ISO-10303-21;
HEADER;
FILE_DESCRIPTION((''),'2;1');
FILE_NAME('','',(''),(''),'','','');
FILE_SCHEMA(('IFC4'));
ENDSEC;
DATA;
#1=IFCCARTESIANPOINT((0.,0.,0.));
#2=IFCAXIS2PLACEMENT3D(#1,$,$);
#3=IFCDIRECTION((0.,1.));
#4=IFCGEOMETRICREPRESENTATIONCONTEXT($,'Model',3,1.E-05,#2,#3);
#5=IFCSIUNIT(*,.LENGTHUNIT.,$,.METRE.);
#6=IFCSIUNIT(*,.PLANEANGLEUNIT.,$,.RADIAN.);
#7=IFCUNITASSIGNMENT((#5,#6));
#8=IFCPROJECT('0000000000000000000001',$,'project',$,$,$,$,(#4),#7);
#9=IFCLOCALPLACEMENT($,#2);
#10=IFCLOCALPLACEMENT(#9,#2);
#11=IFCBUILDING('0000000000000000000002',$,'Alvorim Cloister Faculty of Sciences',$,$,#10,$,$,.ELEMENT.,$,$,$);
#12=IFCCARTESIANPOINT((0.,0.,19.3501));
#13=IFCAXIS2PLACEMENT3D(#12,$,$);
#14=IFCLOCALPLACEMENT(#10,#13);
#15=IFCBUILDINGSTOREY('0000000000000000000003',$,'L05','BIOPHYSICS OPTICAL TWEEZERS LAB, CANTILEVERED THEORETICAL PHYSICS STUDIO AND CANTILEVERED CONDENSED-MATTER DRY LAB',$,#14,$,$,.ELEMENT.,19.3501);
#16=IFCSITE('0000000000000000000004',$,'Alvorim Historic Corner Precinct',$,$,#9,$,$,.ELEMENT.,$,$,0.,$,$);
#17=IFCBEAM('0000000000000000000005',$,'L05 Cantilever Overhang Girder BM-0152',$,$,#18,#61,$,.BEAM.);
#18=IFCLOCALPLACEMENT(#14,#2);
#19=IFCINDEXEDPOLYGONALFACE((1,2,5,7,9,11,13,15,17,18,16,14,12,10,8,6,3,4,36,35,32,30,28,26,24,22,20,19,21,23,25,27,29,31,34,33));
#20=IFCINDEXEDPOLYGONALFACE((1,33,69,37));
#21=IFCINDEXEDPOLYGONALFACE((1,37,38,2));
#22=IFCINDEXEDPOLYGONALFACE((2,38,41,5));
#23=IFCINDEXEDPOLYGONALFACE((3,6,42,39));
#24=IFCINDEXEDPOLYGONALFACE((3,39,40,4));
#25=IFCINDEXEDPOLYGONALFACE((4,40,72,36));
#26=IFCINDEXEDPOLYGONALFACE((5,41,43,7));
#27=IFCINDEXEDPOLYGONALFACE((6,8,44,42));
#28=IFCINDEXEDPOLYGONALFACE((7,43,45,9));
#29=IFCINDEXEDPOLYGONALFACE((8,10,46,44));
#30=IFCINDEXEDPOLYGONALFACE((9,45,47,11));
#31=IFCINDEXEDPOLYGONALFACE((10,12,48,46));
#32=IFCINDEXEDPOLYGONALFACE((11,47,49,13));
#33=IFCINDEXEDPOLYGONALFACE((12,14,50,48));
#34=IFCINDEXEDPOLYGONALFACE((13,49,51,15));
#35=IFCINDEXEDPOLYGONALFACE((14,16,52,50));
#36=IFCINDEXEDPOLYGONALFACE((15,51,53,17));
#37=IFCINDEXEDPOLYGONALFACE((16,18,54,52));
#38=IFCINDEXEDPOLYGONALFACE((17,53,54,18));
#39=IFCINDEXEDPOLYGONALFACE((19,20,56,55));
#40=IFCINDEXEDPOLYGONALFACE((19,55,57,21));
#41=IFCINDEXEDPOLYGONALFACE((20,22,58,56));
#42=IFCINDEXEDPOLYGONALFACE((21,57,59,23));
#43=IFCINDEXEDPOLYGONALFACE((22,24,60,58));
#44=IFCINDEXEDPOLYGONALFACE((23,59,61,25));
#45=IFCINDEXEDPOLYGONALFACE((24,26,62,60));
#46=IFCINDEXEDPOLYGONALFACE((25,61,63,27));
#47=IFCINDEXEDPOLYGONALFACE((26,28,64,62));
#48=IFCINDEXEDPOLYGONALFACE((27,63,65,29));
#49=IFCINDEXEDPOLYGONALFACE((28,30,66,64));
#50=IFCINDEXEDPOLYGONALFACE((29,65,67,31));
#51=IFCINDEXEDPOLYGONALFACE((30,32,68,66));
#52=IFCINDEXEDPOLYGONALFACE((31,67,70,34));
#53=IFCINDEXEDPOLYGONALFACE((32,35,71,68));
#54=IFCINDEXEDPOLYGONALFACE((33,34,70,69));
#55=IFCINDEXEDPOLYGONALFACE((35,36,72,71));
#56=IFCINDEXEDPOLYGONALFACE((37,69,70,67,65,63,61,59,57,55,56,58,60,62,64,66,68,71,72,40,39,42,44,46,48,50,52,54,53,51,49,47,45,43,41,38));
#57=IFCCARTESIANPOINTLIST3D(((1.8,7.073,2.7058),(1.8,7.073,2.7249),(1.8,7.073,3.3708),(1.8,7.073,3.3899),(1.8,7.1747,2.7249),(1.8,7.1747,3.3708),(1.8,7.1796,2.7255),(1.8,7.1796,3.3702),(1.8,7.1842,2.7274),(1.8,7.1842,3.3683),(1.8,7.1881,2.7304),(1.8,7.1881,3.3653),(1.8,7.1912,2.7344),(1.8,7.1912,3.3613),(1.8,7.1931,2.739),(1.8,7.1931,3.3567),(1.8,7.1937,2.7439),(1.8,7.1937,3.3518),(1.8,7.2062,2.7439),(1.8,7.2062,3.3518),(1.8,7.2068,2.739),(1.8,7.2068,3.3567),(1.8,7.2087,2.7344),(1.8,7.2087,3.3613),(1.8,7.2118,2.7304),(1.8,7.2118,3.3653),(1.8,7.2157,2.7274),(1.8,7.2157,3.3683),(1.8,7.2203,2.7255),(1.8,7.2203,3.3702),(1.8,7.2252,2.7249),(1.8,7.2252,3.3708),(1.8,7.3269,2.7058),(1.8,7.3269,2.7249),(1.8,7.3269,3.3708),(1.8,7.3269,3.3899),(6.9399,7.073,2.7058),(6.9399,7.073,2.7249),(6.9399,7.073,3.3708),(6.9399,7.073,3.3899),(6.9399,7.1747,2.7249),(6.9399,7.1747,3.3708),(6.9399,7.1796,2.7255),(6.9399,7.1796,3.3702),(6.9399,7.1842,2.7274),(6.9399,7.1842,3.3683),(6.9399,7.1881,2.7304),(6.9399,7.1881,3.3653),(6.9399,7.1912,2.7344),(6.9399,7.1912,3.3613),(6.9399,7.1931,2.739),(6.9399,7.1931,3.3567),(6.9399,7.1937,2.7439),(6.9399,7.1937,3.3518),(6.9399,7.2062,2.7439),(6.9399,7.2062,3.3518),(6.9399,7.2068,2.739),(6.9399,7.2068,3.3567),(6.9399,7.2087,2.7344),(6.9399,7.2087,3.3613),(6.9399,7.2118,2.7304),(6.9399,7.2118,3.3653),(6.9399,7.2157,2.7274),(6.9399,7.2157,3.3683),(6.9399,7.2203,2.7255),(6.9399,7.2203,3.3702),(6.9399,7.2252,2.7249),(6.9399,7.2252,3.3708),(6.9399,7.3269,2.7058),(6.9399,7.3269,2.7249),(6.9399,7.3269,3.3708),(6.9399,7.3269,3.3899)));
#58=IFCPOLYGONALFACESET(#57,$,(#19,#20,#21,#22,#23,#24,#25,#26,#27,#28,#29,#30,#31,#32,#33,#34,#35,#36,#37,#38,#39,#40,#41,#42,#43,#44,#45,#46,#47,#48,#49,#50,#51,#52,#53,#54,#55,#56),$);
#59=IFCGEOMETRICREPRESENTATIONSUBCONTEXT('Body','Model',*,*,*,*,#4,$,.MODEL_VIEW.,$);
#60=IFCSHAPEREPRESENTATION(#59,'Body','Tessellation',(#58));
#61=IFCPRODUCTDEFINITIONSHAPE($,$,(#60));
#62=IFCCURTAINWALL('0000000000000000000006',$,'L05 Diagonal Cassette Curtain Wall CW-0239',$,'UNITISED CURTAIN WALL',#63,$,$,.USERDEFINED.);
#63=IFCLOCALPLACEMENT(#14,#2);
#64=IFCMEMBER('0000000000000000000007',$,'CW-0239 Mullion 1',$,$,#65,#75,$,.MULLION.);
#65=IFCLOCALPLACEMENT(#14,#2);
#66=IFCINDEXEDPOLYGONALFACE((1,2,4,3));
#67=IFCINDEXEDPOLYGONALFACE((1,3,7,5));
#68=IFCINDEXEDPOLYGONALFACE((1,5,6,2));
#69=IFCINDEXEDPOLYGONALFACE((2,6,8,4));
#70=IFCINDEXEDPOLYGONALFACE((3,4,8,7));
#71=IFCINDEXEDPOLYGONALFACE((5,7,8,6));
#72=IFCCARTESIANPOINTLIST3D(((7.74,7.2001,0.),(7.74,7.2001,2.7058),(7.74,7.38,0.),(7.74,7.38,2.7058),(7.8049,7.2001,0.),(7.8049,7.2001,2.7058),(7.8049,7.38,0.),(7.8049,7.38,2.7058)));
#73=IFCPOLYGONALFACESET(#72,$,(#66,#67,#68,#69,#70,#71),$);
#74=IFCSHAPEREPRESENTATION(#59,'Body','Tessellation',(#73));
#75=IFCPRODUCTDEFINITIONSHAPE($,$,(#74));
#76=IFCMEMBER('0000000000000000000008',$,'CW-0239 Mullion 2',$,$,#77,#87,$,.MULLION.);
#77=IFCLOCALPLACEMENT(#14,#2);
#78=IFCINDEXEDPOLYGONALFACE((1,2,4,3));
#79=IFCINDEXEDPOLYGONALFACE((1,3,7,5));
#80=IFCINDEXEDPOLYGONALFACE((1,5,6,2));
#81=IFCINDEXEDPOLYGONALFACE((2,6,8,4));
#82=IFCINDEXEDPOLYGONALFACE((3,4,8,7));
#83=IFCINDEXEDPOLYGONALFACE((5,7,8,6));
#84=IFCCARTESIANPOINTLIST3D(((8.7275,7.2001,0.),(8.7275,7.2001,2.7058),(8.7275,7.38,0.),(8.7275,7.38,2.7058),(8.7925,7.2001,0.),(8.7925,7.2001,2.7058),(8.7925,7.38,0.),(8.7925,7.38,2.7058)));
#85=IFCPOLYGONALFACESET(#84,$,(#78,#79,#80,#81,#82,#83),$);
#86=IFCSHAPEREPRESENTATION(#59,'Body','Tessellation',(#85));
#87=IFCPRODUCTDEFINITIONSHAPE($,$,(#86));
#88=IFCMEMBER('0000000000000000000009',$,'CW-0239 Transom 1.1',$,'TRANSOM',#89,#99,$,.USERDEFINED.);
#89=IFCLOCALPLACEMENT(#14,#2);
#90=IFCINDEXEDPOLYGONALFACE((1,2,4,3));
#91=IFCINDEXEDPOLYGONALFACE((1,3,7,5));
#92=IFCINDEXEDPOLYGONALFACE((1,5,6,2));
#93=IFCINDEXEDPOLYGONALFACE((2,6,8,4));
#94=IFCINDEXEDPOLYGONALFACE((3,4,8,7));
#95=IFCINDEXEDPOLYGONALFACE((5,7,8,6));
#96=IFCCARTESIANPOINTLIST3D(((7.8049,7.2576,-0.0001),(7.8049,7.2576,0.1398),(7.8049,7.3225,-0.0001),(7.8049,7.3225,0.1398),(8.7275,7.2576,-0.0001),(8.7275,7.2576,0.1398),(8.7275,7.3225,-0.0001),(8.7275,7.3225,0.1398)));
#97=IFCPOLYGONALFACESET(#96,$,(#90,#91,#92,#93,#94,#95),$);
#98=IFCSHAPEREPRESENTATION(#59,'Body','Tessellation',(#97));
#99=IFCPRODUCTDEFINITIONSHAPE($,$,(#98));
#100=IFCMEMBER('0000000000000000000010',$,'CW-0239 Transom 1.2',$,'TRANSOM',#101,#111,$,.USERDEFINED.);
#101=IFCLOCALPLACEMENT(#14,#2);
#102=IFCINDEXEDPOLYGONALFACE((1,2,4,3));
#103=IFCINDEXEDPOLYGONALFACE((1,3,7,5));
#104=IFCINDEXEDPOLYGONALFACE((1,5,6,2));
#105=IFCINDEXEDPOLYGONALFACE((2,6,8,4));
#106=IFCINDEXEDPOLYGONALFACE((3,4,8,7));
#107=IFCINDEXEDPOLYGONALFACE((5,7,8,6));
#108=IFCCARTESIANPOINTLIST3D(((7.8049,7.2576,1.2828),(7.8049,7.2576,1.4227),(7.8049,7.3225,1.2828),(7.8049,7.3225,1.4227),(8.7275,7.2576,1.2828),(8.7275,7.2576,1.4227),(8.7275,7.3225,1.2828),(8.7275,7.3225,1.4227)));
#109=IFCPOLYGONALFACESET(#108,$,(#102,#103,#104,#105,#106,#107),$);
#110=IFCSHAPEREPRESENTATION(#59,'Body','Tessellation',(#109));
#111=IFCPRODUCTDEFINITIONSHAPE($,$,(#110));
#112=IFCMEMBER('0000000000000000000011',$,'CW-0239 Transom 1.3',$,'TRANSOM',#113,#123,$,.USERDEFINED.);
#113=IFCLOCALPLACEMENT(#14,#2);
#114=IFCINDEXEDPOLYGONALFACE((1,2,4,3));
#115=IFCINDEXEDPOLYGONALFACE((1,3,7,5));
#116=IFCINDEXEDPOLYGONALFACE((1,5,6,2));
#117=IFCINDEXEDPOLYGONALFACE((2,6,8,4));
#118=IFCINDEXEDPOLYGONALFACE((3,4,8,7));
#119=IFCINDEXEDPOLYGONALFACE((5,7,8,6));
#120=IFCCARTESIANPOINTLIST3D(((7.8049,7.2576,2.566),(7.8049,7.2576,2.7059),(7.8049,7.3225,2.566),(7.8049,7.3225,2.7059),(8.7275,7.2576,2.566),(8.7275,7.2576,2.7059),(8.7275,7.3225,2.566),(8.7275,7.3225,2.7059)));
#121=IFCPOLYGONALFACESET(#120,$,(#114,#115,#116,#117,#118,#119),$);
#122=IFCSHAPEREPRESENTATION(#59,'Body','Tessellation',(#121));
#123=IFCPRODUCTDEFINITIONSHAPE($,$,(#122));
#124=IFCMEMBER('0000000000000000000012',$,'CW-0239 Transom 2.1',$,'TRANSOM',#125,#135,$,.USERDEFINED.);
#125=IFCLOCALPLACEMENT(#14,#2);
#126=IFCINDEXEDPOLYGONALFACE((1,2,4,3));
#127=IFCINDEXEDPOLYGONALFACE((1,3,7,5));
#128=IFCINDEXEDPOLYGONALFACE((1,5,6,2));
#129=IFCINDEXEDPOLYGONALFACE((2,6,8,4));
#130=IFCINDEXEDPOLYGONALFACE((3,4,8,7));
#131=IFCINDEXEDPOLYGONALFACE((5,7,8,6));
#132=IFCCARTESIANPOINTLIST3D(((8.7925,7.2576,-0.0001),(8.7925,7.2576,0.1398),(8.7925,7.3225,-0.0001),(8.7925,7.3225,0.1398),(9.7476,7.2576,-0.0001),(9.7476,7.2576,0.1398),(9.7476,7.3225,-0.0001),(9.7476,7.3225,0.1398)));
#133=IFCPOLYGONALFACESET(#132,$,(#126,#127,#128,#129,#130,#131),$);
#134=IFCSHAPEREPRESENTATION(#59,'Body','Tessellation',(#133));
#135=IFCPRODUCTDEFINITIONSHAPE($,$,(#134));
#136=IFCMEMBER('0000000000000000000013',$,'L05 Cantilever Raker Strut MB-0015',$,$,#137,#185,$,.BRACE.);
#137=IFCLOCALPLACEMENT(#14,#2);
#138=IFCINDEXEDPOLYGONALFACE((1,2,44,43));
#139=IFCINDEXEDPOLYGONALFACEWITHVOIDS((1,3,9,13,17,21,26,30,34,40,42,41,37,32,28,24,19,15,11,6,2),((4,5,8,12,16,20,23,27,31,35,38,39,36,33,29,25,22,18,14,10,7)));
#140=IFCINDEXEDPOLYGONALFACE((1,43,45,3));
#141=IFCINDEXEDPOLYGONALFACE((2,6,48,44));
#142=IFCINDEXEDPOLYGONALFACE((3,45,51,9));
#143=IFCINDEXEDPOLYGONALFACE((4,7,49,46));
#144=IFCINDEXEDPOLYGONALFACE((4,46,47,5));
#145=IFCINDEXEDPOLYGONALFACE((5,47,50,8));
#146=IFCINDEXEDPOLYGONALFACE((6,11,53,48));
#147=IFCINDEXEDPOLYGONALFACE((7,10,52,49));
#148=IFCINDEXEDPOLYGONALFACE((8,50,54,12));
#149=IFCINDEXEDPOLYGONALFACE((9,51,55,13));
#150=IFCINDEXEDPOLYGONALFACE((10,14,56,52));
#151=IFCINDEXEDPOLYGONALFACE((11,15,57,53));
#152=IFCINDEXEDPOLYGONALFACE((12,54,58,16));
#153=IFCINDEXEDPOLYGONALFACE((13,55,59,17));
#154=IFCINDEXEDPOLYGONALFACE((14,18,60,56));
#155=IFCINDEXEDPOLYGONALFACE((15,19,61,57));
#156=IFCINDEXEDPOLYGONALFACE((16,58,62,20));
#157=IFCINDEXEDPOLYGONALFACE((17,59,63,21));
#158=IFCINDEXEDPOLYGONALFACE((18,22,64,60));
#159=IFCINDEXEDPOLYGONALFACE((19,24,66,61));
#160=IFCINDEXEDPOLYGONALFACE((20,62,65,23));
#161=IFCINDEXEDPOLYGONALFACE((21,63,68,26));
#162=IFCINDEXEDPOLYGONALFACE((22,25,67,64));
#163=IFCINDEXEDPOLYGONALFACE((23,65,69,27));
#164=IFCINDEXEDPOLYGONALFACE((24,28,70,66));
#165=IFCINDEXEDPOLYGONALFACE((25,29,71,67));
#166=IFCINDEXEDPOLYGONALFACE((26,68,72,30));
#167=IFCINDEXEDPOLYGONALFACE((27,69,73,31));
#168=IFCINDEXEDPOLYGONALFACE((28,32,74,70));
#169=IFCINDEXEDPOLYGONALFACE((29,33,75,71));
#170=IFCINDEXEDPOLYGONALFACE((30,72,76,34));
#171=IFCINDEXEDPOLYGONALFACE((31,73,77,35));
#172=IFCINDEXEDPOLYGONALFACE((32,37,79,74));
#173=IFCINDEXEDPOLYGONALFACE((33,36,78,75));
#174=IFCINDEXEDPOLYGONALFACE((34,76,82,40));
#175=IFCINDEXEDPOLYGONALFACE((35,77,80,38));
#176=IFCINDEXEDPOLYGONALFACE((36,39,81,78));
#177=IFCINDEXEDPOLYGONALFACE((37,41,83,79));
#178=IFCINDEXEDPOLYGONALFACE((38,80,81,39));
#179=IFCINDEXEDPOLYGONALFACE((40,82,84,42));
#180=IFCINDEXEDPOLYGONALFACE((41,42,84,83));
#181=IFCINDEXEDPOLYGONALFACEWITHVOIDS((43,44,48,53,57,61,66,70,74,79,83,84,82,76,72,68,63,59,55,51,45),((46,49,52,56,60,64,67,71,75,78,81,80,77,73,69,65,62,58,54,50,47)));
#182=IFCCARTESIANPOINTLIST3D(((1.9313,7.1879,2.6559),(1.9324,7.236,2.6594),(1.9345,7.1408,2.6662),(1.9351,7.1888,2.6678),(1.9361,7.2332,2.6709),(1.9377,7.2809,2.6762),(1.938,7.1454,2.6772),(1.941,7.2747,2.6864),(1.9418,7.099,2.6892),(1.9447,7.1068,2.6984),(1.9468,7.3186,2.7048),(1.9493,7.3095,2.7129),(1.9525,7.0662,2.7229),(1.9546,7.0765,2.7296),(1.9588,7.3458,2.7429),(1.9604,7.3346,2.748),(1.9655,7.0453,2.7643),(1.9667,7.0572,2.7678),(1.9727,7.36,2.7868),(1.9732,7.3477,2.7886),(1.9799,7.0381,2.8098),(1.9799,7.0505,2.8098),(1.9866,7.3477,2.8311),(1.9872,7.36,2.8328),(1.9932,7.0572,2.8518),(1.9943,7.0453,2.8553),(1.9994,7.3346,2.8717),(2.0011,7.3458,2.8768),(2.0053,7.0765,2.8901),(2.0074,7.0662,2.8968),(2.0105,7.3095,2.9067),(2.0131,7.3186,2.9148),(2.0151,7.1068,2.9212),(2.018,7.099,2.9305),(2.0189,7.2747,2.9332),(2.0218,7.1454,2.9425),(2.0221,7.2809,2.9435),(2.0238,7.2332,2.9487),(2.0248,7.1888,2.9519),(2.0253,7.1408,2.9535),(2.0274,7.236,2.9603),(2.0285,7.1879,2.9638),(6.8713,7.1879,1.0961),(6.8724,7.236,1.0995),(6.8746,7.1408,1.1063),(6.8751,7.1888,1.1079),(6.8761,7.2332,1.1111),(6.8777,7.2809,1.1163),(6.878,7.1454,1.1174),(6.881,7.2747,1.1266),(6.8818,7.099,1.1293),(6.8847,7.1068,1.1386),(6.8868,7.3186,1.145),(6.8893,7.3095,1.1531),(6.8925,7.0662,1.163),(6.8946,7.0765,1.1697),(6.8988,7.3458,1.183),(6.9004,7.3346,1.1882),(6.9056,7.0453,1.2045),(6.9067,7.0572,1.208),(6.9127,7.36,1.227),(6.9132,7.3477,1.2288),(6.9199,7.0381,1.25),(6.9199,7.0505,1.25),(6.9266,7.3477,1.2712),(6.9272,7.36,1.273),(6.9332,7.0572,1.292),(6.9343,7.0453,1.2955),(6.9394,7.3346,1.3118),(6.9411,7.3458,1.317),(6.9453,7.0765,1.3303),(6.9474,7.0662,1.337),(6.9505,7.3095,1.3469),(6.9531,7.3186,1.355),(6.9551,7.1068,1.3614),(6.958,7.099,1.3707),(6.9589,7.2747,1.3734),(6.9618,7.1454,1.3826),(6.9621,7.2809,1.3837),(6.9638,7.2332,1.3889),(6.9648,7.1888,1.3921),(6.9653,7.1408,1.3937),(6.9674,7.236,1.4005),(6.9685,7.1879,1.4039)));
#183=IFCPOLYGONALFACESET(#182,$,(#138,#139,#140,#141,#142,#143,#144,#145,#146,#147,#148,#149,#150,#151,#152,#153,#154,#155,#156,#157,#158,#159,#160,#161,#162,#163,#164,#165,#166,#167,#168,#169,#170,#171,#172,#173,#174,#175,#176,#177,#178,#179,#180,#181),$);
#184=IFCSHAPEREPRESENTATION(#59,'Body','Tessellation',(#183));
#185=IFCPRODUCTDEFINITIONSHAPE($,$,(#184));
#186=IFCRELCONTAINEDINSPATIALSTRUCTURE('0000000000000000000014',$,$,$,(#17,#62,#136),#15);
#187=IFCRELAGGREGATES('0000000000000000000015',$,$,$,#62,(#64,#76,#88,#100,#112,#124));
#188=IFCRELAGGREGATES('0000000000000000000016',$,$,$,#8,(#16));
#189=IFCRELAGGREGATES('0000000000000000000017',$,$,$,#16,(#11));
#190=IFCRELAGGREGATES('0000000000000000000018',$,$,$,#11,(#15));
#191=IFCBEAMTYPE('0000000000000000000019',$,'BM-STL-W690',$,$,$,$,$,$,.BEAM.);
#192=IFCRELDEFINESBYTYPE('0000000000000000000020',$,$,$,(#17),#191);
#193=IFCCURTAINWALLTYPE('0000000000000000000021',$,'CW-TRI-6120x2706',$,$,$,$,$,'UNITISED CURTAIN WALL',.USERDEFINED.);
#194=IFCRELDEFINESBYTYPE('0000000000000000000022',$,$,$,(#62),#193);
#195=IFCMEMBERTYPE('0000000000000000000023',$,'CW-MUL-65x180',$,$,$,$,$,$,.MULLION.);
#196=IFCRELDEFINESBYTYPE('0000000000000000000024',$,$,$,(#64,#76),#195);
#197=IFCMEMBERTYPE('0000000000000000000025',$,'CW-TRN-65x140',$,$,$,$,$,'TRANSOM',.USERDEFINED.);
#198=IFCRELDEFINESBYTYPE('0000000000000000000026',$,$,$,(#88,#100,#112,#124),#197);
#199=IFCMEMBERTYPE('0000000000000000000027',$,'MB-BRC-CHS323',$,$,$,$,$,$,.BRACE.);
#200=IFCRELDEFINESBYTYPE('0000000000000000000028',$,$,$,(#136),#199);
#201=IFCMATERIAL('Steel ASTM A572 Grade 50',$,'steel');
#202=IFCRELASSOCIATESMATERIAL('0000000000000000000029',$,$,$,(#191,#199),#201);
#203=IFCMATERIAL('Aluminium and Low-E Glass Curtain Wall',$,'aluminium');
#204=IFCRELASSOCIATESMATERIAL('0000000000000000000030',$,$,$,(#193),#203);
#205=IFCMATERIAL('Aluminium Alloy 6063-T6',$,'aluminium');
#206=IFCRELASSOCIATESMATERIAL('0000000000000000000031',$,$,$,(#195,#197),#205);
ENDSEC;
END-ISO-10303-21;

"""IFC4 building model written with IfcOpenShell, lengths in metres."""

from ifc_helpers import new_model, si_unit, direction, frame, origin, origin_2d, place, context, subcontext, project, spatial, rectangle, hollow_circle, i_section, extrude, material, material_profile, profile_set, type_object, element, aggregate, save


model = new_model("IFC4")

# Units and contexts
model_context = context("Model", 3, precision=1e-05, world=origin(), true_north=direction((0.0, 1.0)))
body_context = subcontext(model_context, "Body", "Model", "MODEL_VIEW")
ifc_project = project(units=[si_unit("LENGTHUNIT", "METRE"), si_unit("PLANEANGLEUNIT", "RADIAN")], contexts=[model_context])

# Site, building, storey
site_placement = place(None, origin())
site = spatial("IfcSite", under=ifc_project, at=site_placement, Name="Alvorim Historic Corner Precinct", CompositionType="ELEMENT", RefElevation=0.0)
building_placement = place(site_placement, origin())
building = spatial("IfcBuilding", under=site, at=building_placement, Name="Alvorim Cloister Faculty of Sciences", CompositionType="ELEMENT")
storey_placement = place(building_placement, frame((0.0, 0.0, 19.3501)))
storey = spatial("IfcBuildingStorey", under=building, at=storey_placement, Name="L05", Description="BIOPHYSICS OPTICAL TWEEZERS LAB, CANTILEVERED THEORETICAL PHYSICS STUDIO AND CANTILEVERED CONDENSED-MATTER DRY LAB", CompositionType="ELEMENT", Elevation=19.3501)

# Beam
ifc_material_1 = material(Name="Steel ASTM A572 Grade 50", Category="steel")
ifc_material_profile_1 = material_profile(ifc_material_1, i_section(OverallWidth=0.2539, OverallDepth=0.6841, WebThickness=0.0125, FlangeThickness=0.019, FilletRadius=0.019, at=origin_2d()), Name="W690x140.0")
ifc_profile_set_1 = profile_set([ifc_material_profile_1], Name="Steel ASTM A572 Grade 50")
beam_type_1 = type_object("IfcBeamType", Name="BM-STL-W690", PredefinedType="BEAM", material=ifc_profile_set_1)
beam_1_placement = place(storey_placement, frame((1.8, 7.2, 3.0479), z_axis=(1.0, 0.0, 0.0), x_axis=(0.0, 1.0, 0.0)))
element("IfcBeam", 1, at=beam_1_placement, inside=storey, type_object=beam_type_1, Name="L05 Cantilever Overhang Girder BM-0152", PredefinedType="BEAM", context=body_context, shape_type="SweptSolid", body=[
    extrude(i_section(OverallWidth=0.2539, OverallDepth=0.6841, WebThickness=0.0125, FlangeThickness=0.019, FilletRadius=0.019, at=origin_2d()), origin(), (0.0, 0.0, 1.0), 5.1399),
])

# Curtain wall, members
ifc_material_2 = material(Name="Aluminium and Low-E Glass Curtain Wall", Category="aluminium")
curtain_wall_type = type_object("IfcCurtainWallType", Name="CW-TRI-6120x2706", ElementType="UNITISED CURTAIN WALL", PredefinedType="USERDEFINED", material=ifc_material_2)
curtain_wall_placement = place(storey_placement, origin())
curtain_wall = element("IfcCurtainWall", 2, at=curtain_wall_placement, inside=storey, type_object=curtain_wall_type, Name="L05 Diagonal Cassette Curtain Wall CW-0239", ObjectType="UNITISED CURTAIN WALL", PredefinedType="USERDEFINED")
ifc_material_3 = material(Name="Aluminium Alloy 6063-T6", Category="aluminium")
ifc_material_profile_2 = material_profile(ifc_material_3, rectangle(XDim=0.0649, YDim=0.1799, at=origin_2d()), Name="ALU-MUL-65x180")
ifc_profile_set_2 = profile_set([ifc_material_profile_2], Name="Aluminium Alloy 6063-T6")
member_type_1 = type_object("IfcMemberType", Name="CW-MUL-65x180", PredefinedType="MULLION", material=ifc_profile_set_2)
member_1_placement = place(storey_placement, frame((7.7725, 7.29, 0.0), z_axis=(0.0, 0.0, 1.0), x_axis=(1.0, 0.0, 0.0)))
member_1 = element("IfcMember", 3, at=member_1_placement, type_object=member_type_1, Name="CW-0239 Mullion 1", PredefinedType="MULLION", context=body_context, shape_type="SweptSolid", body=[
    extrude(rectangle(XDim=0.0649, YDim=0.1799, at=origin_2d()), origin(), (0.0, 0.0, 1.0), 2.7058),
])
member_2_placement = place(storey_placement, frame((8.76, 7.29, 0.0), z_axis=(0.0, 0.0, 1.0), x_axis=(1.0, 0.0, 0.0)))
member_2 = element("IfcMember", 4, at=member_2_placement, type_object=member_type_1, Name="CW-0239 Mullion 2", PredefinedType="MULLION", context=body_context, shape_type="SweptSolid", body=[
    extrude(rectangle(XDim=0.0649, YDim=0.1799, at=origin_2d()), origin(), (0.0, 0.0, 1.0), 2.7058),
])
ifc_material_profile_3 = material_profile(ifc_material_3, rectangle(XDim=0.0649, YDim=0.1399, at=origin_2d()), Name="ALU-TRN-65x140")
ifc_profile_set_3 = profile_set([ifc_material_profile_3], Name="Aluminium Alloy 6063-T6")
member_type_2 = type_object("IfcMemberType", Name="CW-TRN-65x140", ElementType="TRANSOM", PredefinedType="USERDEFINED", material=ifc_profile_set_3)
member_3_placement = place(storey_placement, frame((7.8049, 7.29, 0.0698), z_axis=(1.0, 0.0, 0.0), x_axis=(0.0, 1.0, 0.0)))
member_3 = element("IfcMember", 5, at=member_3_placement, type_object=member_type_2, Name="CW-0239 Transom 1.1", ObjectType="TRANSOM", PredefinedType="USERDEFINED", context=body_context, shape_type="SweptSolid", body=[
    extrude(rectangle(XDim=0.0649, YDim=0.1399, at=origin_2d()), origin(), (0.0, 0.0, 1.0), 0.9226),
])
member_4_placement = place(storey_placement, frame((7.8049, 7.29, 1.3528), z_axis=(1.0, 0.0, 0.0), x_axis=(0.0, 1.0, 0.0)))
member_4 = element("IfcMember", 6, at=member_4_placement, type_object=member_type_2, Name="CW-0239 Transom 1.2", ObjectType="TRANSOM", PredefinedType="USERDEFINED", context=body_context, shape_type="SweptSolid", body=[
    extrude(rectangle(XDim=0.0649, YDim=0.1399, at=origin_2d()), origin(), (0.0, 0.0, 1.0), 0.9226),
])
member_5_placement = place(storey_placement, frame((7.8049, 7.29, 2.636), z_axis=(1.0, 0.0, 0.0), x_axis=(0.0, 1.0, 0.0)))
member_5 = element("IfcMember", 7, at=member_5_placement, type_object=member_type_2, Name="CW-0239 Transom 1.3", ObjectType="TRANSOM", PredefinedType="USERDEFINED", context=body_context, shape_type="SweptSolid", body=[
    extrude(rectangle(XDim=0.0649, YDim=0.1399, at=origin_2d()), origin(), (0.0, 0.0, 1.0), 0.9226),
])
member_6_placement = place(storey_placement, frame((8.7925, 7.29, 0.0698), z_axis=(1.0, 0.0, 0.0), x_axis=(0.0, 1.0, 0.0)))
member_6 = element("IfcMember", 8, at=member_6_placement, type_object=member_type_2, Name="CW-0239 Transom 2.1", ObjectType="TRANSOM", PredefinedType="USERDEFINED", context=body_context, shape_type="SweptSolid", body=[
    extrude(rectangle(XDim=0.0649, YDim=0.1399, at=origin_2d()), origin(), (0.0, 0.0, 1.0), 0.9551),
])

# Member
ifc_material_profile_4 = material_profile(ifc_material_1, hollow_circle(Radius=0.1619, WallThickness=0.0125, at=origin_2d()), Name="CHS323.9x12.5")
ifc_profile_set_4 = profile_set([ifc_material_profile_4], Name="Steel ASTM A572 Grade 50")
member_type_3 = type_object("IfcMemberType", Name="MB-BRC-CHS323", PredefinedType="BRACE", material=ifc_profile_set_4)
member_7_placement = place(storey_placement, frame((6.9199, 7.2, 1.25), z_axis=(-0.953592, 0.0, 0.301102), x_axis=(0.0, -1.0, 0.0)))
element("IfcMember", 9, at=member_7_placement, inside=storey, type_object=member_type_3, Name="L05 Cantilever Raker Strut MB-0015", PredefinedType="BRACE", context=body_context, shape_type="SweptSolid", body=[
    extrude(hollow_circle(Radius=0.1619, WallThickness=0.0125, at=origin_2d()), origin(), (0.0, 0.0, 1.0), 5.1804),
])

aggregate(curtain_wall, [member_1, member_2, member_3, member_4, member_5, member_6])

save(model, "model.ifc")
